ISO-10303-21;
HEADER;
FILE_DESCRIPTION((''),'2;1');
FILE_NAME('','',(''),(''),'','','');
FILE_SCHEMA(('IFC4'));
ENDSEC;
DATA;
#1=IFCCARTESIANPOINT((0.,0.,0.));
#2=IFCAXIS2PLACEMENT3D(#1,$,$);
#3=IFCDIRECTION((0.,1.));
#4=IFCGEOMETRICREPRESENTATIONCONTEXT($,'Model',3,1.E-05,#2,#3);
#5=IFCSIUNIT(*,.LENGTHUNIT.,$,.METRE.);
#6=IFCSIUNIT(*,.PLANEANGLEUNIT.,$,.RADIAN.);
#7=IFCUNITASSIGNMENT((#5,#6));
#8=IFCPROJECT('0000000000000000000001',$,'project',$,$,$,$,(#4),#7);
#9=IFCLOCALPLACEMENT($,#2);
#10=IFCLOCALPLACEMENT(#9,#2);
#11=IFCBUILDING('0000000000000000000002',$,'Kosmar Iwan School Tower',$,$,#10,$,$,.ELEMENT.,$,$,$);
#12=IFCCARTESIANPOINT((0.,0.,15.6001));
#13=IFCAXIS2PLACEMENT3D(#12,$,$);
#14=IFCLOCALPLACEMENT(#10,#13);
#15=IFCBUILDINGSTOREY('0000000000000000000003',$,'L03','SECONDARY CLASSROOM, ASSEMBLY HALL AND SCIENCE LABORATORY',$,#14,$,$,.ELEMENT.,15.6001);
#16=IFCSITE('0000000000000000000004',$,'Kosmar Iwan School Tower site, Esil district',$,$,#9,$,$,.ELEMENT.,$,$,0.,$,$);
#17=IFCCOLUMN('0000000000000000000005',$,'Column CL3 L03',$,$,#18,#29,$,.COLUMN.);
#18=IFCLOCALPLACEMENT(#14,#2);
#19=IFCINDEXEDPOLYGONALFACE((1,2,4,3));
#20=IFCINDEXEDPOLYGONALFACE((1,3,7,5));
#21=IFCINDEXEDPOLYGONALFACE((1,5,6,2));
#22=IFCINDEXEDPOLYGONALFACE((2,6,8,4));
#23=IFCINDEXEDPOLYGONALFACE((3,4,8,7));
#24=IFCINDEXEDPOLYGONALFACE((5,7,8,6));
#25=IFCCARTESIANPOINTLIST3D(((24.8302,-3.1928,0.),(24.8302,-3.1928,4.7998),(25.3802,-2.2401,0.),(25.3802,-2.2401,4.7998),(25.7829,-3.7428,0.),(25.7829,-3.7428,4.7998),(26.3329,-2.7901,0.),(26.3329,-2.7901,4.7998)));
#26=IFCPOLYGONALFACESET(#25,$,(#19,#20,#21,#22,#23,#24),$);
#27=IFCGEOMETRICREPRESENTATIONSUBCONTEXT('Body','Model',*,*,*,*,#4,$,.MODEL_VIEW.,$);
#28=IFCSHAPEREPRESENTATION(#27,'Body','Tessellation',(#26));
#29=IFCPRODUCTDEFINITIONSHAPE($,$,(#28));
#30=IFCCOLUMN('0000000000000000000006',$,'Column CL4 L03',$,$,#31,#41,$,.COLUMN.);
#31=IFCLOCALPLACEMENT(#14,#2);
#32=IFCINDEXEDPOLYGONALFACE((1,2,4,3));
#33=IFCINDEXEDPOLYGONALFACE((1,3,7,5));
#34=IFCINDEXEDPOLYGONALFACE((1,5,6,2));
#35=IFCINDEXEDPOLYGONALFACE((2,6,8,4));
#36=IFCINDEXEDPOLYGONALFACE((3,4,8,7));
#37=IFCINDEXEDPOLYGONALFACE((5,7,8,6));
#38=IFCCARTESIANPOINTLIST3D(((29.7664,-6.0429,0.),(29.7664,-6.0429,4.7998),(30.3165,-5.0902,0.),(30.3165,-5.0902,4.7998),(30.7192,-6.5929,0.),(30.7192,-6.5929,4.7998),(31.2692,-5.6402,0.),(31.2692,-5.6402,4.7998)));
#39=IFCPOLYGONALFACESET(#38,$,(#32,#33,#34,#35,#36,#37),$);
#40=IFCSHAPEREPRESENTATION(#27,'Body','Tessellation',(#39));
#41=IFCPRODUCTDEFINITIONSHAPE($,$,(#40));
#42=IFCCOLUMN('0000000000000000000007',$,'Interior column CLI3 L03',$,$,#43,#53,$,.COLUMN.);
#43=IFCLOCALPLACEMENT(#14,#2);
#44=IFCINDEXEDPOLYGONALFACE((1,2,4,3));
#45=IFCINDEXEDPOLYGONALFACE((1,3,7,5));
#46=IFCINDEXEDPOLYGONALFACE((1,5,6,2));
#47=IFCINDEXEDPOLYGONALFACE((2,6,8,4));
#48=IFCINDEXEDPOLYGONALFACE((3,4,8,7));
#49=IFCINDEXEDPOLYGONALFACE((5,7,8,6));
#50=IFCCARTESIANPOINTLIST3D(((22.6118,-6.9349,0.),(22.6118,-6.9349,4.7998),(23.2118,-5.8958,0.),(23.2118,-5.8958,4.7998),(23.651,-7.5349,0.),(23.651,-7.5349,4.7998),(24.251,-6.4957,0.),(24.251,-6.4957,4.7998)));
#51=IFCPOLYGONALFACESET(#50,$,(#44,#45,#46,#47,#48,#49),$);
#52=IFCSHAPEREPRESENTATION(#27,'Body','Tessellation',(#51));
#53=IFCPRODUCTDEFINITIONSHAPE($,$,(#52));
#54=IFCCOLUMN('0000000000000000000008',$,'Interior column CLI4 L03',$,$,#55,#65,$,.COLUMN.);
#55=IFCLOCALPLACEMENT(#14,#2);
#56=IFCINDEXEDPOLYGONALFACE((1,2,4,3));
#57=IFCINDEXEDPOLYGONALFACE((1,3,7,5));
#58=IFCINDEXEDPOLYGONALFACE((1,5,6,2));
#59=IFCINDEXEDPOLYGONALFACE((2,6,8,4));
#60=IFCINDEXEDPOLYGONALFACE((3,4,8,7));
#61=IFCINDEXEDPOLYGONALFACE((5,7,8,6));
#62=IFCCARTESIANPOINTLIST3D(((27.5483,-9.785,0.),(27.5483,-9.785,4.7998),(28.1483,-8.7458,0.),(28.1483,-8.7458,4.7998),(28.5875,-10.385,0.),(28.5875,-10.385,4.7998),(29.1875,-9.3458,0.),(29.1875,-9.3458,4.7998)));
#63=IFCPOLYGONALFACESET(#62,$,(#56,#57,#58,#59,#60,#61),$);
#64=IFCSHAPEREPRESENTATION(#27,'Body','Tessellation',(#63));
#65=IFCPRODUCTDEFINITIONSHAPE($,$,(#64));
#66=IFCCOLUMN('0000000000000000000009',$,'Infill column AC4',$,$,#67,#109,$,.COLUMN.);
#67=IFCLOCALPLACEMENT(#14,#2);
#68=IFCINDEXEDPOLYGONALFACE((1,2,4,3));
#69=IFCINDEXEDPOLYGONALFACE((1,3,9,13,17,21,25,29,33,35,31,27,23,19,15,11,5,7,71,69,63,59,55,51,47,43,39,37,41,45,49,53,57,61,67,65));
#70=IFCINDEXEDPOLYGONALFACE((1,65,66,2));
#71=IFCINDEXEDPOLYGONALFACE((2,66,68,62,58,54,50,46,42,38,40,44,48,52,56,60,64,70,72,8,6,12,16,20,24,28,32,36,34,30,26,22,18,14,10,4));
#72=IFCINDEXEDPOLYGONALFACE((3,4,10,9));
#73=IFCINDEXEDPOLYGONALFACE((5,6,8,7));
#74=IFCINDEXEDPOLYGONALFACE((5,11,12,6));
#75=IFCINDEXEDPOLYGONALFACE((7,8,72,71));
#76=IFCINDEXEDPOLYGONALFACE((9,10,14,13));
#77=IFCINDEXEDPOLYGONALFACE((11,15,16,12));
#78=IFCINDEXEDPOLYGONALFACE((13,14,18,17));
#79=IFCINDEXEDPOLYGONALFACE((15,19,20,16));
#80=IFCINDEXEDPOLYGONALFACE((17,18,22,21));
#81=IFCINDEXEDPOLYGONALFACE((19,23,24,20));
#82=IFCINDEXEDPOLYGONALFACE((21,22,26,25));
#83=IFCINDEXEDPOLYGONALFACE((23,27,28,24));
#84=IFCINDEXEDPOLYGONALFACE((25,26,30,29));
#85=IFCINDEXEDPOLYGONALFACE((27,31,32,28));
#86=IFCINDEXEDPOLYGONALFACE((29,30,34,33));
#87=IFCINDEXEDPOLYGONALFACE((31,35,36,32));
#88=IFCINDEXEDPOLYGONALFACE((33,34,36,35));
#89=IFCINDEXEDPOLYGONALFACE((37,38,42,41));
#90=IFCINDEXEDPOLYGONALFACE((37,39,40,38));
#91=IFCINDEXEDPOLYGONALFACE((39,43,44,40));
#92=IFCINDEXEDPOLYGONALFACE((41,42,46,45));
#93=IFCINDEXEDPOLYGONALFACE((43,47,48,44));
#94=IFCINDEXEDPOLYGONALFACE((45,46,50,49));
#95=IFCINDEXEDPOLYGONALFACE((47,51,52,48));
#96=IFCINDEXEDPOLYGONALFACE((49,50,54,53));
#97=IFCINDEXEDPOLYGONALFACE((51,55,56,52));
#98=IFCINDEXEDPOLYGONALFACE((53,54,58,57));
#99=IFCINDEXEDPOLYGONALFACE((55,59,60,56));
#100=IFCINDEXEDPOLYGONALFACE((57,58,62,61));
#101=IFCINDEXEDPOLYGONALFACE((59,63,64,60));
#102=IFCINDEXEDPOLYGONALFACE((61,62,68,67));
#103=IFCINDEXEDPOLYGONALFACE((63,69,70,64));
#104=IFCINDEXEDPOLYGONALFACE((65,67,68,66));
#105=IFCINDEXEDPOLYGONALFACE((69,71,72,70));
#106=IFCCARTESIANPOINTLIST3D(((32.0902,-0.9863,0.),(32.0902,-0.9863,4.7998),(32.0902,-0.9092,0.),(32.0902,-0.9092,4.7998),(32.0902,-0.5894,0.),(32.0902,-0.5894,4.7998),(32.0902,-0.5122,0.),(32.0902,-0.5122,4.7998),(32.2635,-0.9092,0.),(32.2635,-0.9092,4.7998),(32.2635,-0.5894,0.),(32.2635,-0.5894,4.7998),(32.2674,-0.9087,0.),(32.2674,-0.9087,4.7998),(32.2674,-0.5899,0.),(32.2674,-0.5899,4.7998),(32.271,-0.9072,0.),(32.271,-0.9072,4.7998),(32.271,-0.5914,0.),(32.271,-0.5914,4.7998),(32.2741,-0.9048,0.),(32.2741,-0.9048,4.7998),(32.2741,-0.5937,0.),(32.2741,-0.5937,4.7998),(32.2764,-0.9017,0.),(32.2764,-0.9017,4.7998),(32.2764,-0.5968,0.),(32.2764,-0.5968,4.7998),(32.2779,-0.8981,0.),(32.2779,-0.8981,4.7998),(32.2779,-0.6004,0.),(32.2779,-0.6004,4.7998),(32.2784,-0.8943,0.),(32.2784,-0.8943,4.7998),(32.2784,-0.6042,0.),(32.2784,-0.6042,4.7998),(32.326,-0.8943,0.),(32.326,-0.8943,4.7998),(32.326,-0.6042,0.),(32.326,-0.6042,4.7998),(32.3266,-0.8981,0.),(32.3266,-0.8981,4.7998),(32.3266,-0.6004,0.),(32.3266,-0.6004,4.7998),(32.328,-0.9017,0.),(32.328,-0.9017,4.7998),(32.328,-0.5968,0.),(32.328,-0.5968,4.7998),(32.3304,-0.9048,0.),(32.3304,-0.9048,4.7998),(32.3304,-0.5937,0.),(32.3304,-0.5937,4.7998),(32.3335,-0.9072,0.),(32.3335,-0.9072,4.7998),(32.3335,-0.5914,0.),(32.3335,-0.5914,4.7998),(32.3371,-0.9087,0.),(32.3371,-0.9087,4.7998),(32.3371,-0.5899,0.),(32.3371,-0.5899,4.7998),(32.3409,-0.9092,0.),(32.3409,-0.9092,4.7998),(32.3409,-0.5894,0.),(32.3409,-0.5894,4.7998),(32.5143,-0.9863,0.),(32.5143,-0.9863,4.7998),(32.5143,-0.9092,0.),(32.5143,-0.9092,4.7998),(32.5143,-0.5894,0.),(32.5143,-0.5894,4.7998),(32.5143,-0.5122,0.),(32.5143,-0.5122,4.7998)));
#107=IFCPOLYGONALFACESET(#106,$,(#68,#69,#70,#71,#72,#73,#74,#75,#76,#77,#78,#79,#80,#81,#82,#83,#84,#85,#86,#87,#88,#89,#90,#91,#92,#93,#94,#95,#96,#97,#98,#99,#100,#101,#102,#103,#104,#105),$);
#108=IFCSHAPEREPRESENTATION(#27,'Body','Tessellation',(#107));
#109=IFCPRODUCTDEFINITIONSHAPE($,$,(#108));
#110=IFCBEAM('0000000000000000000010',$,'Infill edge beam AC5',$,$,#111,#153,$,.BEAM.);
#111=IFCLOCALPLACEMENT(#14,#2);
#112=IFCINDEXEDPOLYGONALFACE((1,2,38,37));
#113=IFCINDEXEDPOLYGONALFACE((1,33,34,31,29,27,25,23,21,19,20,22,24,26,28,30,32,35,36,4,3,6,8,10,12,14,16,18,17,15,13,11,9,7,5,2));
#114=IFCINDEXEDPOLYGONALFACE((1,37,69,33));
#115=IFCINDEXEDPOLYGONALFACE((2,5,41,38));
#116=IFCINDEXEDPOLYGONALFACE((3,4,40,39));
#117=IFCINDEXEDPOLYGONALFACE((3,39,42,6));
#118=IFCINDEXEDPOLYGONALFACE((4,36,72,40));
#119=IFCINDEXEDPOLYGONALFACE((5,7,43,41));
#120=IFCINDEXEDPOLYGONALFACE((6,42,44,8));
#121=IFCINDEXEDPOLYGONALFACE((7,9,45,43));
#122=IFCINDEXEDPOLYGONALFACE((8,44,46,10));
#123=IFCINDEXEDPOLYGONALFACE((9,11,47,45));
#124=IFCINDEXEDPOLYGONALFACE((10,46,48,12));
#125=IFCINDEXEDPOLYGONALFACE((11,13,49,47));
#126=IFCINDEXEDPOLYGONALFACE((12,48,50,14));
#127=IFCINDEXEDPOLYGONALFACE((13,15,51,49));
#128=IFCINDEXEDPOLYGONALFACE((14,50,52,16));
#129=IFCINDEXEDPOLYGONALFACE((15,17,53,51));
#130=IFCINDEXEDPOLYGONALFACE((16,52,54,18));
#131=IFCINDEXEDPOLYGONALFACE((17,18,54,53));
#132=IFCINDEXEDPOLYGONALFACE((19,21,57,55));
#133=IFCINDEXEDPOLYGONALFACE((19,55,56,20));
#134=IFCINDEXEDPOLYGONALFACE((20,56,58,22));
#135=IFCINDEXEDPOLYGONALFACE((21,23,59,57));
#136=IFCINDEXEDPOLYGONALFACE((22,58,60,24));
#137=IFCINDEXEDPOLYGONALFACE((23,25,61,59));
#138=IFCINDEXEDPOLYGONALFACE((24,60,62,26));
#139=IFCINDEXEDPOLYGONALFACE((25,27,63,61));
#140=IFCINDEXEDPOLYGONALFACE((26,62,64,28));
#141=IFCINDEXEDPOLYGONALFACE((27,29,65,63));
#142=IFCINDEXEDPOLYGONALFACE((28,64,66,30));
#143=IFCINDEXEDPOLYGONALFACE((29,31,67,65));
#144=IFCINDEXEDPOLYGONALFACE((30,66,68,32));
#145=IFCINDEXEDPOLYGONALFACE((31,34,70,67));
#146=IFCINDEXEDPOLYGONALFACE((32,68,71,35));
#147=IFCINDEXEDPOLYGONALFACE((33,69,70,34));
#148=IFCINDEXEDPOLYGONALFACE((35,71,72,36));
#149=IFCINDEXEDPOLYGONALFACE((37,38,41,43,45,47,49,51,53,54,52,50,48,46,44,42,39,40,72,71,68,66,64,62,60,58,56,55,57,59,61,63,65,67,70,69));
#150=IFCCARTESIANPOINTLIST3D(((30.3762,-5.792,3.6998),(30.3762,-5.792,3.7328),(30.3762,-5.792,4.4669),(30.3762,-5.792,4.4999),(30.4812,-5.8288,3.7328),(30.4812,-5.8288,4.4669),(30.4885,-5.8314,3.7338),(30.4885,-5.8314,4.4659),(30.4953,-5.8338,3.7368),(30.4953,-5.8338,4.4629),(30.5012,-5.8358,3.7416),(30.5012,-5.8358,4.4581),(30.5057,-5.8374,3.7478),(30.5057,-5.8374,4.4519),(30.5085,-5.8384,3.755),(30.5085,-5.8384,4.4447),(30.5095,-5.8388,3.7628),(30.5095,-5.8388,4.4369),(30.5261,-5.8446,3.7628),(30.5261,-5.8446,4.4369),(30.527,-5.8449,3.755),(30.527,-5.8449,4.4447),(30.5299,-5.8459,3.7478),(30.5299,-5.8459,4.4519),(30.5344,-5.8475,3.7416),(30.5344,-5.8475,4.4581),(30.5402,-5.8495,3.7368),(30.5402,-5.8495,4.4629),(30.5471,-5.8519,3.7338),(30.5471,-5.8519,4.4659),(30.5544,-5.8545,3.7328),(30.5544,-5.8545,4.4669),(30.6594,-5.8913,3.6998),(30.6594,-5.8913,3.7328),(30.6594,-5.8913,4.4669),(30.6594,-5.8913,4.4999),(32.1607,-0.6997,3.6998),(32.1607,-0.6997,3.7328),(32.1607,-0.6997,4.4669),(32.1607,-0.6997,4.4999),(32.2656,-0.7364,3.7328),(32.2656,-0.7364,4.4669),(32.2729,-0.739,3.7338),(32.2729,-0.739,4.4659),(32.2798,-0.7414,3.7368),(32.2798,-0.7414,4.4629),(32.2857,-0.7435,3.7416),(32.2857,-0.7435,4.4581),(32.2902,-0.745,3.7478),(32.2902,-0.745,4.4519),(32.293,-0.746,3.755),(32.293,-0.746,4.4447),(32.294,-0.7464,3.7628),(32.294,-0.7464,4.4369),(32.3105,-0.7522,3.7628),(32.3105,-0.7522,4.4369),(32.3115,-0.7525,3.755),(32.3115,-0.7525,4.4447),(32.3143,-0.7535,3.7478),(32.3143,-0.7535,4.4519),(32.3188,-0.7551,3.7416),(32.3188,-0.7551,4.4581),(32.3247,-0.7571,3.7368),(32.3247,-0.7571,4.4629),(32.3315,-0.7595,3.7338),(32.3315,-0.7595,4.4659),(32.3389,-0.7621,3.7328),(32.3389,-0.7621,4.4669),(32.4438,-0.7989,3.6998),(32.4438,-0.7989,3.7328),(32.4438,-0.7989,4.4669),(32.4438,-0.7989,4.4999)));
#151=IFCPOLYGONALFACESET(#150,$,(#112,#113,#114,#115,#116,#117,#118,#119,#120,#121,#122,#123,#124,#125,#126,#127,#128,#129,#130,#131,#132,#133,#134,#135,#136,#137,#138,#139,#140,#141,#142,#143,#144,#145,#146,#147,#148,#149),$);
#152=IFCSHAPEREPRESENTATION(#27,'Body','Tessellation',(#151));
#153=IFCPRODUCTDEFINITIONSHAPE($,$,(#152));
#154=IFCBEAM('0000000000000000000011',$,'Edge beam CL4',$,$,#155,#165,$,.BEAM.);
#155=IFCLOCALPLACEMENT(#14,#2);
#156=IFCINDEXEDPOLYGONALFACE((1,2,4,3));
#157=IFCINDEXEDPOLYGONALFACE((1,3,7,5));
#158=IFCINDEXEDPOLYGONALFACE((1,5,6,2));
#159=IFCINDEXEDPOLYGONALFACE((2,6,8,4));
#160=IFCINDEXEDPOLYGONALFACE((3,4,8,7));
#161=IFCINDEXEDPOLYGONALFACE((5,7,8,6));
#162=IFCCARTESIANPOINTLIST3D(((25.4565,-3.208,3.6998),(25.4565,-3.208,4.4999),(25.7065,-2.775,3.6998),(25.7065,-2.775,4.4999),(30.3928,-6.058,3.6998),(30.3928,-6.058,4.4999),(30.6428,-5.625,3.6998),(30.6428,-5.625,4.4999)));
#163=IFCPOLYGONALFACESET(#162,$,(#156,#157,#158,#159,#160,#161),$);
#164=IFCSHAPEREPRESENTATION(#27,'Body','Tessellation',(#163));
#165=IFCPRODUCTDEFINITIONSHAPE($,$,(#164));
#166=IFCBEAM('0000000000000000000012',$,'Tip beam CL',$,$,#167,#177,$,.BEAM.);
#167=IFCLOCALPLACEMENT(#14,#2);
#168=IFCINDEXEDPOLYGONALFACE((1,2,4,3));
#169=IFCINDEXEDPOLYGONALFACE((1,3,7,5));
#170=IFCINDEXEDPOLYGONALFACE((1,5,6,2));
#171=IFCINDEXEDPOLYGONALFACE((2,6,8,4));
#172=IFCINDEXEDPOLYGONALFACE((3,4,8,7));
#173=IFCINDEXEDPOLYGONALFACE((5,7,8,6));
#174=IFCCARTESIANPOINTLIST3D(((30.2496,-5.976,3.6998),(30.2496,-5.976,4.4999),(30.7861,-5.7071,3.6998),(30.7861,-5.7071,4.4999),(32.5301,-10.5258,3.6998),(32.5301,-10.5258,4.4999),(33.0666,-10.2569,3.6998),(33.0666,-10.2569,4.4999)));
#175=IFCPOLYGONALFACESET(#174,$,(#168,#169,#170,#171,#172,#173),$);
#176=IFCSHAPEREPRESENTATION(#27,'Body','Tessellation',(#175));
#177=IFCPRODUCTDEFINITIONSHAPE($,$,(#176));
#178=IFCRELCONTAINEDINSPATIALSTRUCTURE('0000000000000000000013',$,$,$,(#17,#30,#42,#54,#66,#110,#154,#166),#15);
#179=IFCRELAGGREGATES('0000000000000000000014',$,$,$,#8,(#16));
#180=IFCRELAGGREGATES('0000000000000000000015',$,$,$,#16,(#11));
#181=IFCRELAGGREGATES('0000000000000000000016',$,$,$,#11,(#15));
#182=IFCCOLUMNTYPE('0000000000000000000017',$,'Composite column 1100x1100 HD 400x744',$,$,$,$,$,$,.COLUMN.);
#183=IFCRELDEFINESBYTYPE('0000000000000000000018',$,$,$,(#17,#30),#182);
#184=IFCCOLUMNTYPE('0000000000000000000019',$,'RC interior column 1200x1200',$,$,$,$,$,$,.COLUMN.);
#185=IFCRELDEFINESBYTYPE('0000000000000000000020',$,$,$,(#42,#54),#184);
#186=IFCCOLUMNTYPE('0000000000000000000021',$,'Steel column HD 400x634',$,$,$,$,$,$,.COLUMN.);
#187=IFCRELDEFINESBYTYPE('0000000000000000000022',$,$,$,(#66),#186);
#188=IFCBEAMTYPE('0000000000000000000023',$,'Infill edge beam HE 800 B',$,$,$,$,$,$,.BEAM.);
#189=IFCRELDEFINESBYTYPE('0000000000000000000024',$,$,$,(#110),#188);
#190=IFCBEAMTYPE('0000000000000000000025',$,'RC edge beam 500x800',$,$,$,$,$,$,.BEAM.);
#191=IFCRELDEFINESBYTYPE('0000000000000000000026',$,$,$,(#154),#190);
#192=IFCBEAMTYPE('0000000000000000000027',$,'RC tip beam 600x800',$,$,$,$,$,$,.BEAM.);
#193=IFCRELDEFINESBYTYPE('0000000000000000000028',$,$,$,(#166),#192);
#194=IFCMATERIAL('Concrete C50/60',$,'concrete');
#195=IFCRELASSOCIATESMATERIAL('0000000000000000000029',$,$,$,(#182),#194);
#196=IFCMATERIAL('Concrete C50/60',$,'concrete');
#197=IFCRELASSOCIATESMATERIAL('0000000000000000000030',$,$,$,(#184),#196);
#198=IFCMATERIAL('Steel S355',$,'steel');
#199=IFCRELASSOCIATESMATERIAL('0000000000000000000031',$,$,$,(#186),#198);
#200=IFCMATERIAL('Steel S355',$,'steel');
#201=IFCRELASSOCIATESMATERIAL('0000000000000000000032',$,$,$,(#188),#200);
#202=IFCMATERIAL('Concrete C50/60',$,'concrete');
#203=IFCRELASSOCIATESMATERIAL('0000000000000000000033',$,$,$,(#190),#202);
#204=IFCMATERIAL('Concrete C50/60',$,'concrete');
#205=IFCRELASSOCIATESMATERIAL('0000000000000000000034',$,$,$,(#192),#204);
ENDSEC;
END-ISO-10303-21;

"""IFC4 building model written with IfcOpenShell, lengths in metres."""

from ifc_helpers import new_model, si_unit, direction, frame, origin, origin_2d, place, context, subcontext, project, spatial, rectangle, i_section, extrude, material, material_profile, profile_set, type_object, element, save


model = new_model("IFC4")

# Units and contexts
model_context = context("Model", 3, precision=1e-05, world=origin(), true_north=direction((0.0, 1.0)))
body_context = subcontext(model_context, "Body", "Model", "MODEL_VIEW")
ifc_project = project(units=[si_unit("LENGTHUNIT", "METRE"), si_unit("PLANEANGLEUNIT", "RADIAN")], contexts=[model_context])

# Site, building, storey
site_placement = place(None, origin())
site = spatial("IfcSite", under=ifc_project, at=site_placement, Name="Kosmar Iwan School Tower site, Esil district", CompositionType="ELEMENT", RefElevation=0.0)
building_placement = place(site_placement, origin())
building = spatial("IfcBuilding", under=site, at=building_placement, Name="Kosmar Iwan School Tower", CompositionType="ELEMENT")
storey_placement = place(building_placement, frame((0.0, 0.0, 15.6001)))
storey = spatial("IfcBuildingStorey", under=building, at=storey_placement, Name="L03", Description="SECONDARY CLASSROOM, ASSEMBLY HALL AND SCIENCE LABORATORY", CompositionType="ELEMENT", Elevation=15.6001)

# Columns
ifc_material_1 = material(Name="Concrete C50/60", Category="concrete")
ifc_material_profile_1 = material_profile(ifc_material_1, rectangle(XDim=1.1001, YDim=1.1001, at=origin_2d()), Name="RC 1100x1100 + HD 400x744")
ifc_profile_set_1 = profile_set([ifc_material_profile_1], Name="Concrete C50/60")
column_type_1 = type_object("IfcColumnType", Name="Composite column 1100x1100 HD 400x744", PredefinedType="COLUMN", material=ifc_profile_set_1)
for number, where, z_axis, x_axis, name in (
    (1, (25.5815, -2.9915, 0.0), (0.0, 0.0, 1.0), (0.866025, -0.5, 0.0), "Column CL3 L03"),
    (2, (30.5178, -5.8416, 0.0), (0.0, 0.0, 1.0), (0.866025, -0.5, 0.0), "Column CL4 L03"),
):
    element("IfcColumn", number, at=place(storey_placement, frame(where, z_axis=z_axis, x_axis=x_axis)), inside=storey, type_object=column_type_1, Name=name, PredefinedType="COLUMN", context=body_context, shape_type="SweptSolid", body=[
        extrude(rectangle(XDim=1.1001, YDim=1.1001, at=origin_2d()), origin(), (0.0, 0.0, 1.0), 4.7998),
    ])
ifc_material_2 = material(Name="Concrete C50/60", Category="concrete")
ifc_material_profile_2 = material_profile(ifc_material_2, rectangle(XDim=1.2, YDim=1.2, at=origin_2d()), Name="RC 1200x1200")
ifc_profile_set_2 = profile_set([ifc_material_profile_2], Name="Concrete C50/60")
column_type_2 = type_object("IfcColumnType", Name="RC interior column 1200x1200", PredefinedType="COLUMN", material=ifc_profile_set_2)
for number, where, z_axis, x_axis, name in (
    (3, (23.4314, -6.7153, 0.0), (0.0, 0.0, 1.0), (0.866025, -0.5, 0.0), "Interior column CLI3 L03"),
    (4, (28.3679, -9.5654, 0.0), (0.0, 0.0, 1.0), (0.866025, -0.5, 0.0), "Interior column CLI4 L03"),
):
    element("IfcColumn", number, at=place(storey_placement, frame(where, z_axis=z_axis, x_axis=x_axis)), inside=storey, type_object=column_type_2, Name=name, PredefinedType="COLUMN", context=body_context, shape_type="SweptSolid", body=[
        extrude(rectangle(XDim=1.2, YDim=1.2, at=origin_2d()), origin(), (0.0, 0.0, 1.0), 4.7998),
    ])
ifc_material_3 = material(Name="Steel S355", Category="steel")
ifc_material_profile_3 = material_profile(ifc_material_3, i_section(OverallWidth=0.4241, OverallDepth=0.4741, WebThickness=0.0476, FlangeThickness=0.0771, FilletRadius=0.0149, at=origin_2d()), Name="HD 400x634")
ifc_profile_set_3 = profile_set([ifc_material_profile_3], Name="Steel S355")
column_type_3 = type_object("IfcColumnType", Name="Steel column HD 400x634", PredefinedType="COLUMN", material=ifc_profile_set_3)
column_placement = place(storey_placement, frame((32.3022, -0.7493, 0.0), z_axis=(0.0, 0.0, 1.0), x_axis=(1.0, 0.0, 0.0)))
element("IfcColumn", 5, at=column_placement, inside=storey, type_object=column_type_3, Name="Infill column AC4", PredefinedType="COLUMN", context=body_context, shape_type="SweptSolid", body=[
    extrude(i_section(OverallWidth=0.4241, OverallDepth=0.4741, WebThickness=0.0476, FlangeThickness=0.0771, FilletRadius=0.0149, at=origin_2d()), origin(), (0.0, 0.0, 1.0), 4.7998),
])

# Beams
ifc_material_4 = material(Name="Steel S355", Category="steel")
ifc_material_profile_4 = material_profile(ifc_material_4, i_section(OverallWidth=0.3, OverallDepth=0.8, WebThickness=0.0176, FlangeThickness=0.033, FilletRadius=0.03, at=origin_2d()), Name="HE 800 B")
ifc_profile_set_4 = profile_set([ifc_material_profile_4], Name="Steel S355")
beam_type_1 = type_object("IfcBeamType", Name="Infill edge beam HE 800 B", PredefinedType="BEAM", material=ifc_profile_set_4)
beam_1_placement = place(storey_placement, frame((32.3022, -0.7493, 4.0999), z_axis=(-0.330701, -0.943736, 0.0), x_axis=(0.943736, -0.330701, 0.0)))
element("IfcBeam", 6, at=beam_1_placement, inside=storey, type_object=beam_type_1, Name="Infill edge beam AC5", PredefinedType="BEAM", context=body_context, shape_type="SweptSolid", body=[
    extrude(i_section(OverallWidth=0.3, OverallDepth=0.8, WebThickness=0.0176, FlangeThickness=0.033, FilletRadius=0.03, at=origin_2d()), origin(), (0.0, 0.0, 1.0), 5.396),
])
ifc_material_5 = material(Name="Concrete C50/60", Category="concrete")
ifc_material_profile_5 = material_profile(ifc_material_5, rectangle(XDim=0.5, YDim=0.8, at=origin_2d()), Name="RC 500x800")
ifc_profile_set_5 = profile_set([ifc_material_profile_5], Name="Concrete C50/60")
beam_type_2 = type_object("IfcBeamType", Name="RC edge beam 500x800", PredefinedType="BEAM", material=ifc_profile_set_5)
beam_2_placement = place(storey_placement, frame((25.5815, -2.9915, 4.0999), z_axis=(0.866015, -0.500018, 0.0), x_axis=(0.500018, 0.866015, 0.0)))
element("IfcBeam", 7, at=beam_2_placement, inside=storey, type_object=beam_type_2, Name="Edge beam CL4", PredefinedType="BEAM", context=body_context, shape_type="SweptSolid", body=[
    extrude(rectangle(XDim=0.5, YDim=0.8, at=origin_2d()), origin(), (0.0, 0.0, 1.0), 5.7),
])
ifc_material_6 = material(Name="Concrete C50/60", Category="concrete")
ifc_material_profile_6 = material_profile(ifc_material_6, rectangle(XDim=0.6001, YDim=0.8, at=origin_2d()), Name="RC 600x800")
ifc_profile_set_6 = profile_set([ifc_material_profile_6], Name="Concrete C50/60")
beam_type_3 = type_object("IfcBeamType", Name="RC tip beam 600x800", PredefinedType="BEAM", material=ifc_profile_set_6)
beam_3_placement = place(storey_placement, frame((30.5178, -5.8416, 4.0999), z_axis=(0.448096, -0.893985, 0.0), x_axis=(0.893985, 0.448096, 0.0)))
element("IfcBeam", 8, at=beam_3_placement, inside=storey, type_object=beam_type_3, Name="Tip beam CL", PredefinedType="BEAM", context=body_context, shape_type="SweptSolid", body=[
    extrude(rectangle(XDim=0.6001, YDim=0.8, at=origin_2d()), origin(), (0.0, 0.0, 1.0), 5.0894),
])

save(model, "model.ifc")
